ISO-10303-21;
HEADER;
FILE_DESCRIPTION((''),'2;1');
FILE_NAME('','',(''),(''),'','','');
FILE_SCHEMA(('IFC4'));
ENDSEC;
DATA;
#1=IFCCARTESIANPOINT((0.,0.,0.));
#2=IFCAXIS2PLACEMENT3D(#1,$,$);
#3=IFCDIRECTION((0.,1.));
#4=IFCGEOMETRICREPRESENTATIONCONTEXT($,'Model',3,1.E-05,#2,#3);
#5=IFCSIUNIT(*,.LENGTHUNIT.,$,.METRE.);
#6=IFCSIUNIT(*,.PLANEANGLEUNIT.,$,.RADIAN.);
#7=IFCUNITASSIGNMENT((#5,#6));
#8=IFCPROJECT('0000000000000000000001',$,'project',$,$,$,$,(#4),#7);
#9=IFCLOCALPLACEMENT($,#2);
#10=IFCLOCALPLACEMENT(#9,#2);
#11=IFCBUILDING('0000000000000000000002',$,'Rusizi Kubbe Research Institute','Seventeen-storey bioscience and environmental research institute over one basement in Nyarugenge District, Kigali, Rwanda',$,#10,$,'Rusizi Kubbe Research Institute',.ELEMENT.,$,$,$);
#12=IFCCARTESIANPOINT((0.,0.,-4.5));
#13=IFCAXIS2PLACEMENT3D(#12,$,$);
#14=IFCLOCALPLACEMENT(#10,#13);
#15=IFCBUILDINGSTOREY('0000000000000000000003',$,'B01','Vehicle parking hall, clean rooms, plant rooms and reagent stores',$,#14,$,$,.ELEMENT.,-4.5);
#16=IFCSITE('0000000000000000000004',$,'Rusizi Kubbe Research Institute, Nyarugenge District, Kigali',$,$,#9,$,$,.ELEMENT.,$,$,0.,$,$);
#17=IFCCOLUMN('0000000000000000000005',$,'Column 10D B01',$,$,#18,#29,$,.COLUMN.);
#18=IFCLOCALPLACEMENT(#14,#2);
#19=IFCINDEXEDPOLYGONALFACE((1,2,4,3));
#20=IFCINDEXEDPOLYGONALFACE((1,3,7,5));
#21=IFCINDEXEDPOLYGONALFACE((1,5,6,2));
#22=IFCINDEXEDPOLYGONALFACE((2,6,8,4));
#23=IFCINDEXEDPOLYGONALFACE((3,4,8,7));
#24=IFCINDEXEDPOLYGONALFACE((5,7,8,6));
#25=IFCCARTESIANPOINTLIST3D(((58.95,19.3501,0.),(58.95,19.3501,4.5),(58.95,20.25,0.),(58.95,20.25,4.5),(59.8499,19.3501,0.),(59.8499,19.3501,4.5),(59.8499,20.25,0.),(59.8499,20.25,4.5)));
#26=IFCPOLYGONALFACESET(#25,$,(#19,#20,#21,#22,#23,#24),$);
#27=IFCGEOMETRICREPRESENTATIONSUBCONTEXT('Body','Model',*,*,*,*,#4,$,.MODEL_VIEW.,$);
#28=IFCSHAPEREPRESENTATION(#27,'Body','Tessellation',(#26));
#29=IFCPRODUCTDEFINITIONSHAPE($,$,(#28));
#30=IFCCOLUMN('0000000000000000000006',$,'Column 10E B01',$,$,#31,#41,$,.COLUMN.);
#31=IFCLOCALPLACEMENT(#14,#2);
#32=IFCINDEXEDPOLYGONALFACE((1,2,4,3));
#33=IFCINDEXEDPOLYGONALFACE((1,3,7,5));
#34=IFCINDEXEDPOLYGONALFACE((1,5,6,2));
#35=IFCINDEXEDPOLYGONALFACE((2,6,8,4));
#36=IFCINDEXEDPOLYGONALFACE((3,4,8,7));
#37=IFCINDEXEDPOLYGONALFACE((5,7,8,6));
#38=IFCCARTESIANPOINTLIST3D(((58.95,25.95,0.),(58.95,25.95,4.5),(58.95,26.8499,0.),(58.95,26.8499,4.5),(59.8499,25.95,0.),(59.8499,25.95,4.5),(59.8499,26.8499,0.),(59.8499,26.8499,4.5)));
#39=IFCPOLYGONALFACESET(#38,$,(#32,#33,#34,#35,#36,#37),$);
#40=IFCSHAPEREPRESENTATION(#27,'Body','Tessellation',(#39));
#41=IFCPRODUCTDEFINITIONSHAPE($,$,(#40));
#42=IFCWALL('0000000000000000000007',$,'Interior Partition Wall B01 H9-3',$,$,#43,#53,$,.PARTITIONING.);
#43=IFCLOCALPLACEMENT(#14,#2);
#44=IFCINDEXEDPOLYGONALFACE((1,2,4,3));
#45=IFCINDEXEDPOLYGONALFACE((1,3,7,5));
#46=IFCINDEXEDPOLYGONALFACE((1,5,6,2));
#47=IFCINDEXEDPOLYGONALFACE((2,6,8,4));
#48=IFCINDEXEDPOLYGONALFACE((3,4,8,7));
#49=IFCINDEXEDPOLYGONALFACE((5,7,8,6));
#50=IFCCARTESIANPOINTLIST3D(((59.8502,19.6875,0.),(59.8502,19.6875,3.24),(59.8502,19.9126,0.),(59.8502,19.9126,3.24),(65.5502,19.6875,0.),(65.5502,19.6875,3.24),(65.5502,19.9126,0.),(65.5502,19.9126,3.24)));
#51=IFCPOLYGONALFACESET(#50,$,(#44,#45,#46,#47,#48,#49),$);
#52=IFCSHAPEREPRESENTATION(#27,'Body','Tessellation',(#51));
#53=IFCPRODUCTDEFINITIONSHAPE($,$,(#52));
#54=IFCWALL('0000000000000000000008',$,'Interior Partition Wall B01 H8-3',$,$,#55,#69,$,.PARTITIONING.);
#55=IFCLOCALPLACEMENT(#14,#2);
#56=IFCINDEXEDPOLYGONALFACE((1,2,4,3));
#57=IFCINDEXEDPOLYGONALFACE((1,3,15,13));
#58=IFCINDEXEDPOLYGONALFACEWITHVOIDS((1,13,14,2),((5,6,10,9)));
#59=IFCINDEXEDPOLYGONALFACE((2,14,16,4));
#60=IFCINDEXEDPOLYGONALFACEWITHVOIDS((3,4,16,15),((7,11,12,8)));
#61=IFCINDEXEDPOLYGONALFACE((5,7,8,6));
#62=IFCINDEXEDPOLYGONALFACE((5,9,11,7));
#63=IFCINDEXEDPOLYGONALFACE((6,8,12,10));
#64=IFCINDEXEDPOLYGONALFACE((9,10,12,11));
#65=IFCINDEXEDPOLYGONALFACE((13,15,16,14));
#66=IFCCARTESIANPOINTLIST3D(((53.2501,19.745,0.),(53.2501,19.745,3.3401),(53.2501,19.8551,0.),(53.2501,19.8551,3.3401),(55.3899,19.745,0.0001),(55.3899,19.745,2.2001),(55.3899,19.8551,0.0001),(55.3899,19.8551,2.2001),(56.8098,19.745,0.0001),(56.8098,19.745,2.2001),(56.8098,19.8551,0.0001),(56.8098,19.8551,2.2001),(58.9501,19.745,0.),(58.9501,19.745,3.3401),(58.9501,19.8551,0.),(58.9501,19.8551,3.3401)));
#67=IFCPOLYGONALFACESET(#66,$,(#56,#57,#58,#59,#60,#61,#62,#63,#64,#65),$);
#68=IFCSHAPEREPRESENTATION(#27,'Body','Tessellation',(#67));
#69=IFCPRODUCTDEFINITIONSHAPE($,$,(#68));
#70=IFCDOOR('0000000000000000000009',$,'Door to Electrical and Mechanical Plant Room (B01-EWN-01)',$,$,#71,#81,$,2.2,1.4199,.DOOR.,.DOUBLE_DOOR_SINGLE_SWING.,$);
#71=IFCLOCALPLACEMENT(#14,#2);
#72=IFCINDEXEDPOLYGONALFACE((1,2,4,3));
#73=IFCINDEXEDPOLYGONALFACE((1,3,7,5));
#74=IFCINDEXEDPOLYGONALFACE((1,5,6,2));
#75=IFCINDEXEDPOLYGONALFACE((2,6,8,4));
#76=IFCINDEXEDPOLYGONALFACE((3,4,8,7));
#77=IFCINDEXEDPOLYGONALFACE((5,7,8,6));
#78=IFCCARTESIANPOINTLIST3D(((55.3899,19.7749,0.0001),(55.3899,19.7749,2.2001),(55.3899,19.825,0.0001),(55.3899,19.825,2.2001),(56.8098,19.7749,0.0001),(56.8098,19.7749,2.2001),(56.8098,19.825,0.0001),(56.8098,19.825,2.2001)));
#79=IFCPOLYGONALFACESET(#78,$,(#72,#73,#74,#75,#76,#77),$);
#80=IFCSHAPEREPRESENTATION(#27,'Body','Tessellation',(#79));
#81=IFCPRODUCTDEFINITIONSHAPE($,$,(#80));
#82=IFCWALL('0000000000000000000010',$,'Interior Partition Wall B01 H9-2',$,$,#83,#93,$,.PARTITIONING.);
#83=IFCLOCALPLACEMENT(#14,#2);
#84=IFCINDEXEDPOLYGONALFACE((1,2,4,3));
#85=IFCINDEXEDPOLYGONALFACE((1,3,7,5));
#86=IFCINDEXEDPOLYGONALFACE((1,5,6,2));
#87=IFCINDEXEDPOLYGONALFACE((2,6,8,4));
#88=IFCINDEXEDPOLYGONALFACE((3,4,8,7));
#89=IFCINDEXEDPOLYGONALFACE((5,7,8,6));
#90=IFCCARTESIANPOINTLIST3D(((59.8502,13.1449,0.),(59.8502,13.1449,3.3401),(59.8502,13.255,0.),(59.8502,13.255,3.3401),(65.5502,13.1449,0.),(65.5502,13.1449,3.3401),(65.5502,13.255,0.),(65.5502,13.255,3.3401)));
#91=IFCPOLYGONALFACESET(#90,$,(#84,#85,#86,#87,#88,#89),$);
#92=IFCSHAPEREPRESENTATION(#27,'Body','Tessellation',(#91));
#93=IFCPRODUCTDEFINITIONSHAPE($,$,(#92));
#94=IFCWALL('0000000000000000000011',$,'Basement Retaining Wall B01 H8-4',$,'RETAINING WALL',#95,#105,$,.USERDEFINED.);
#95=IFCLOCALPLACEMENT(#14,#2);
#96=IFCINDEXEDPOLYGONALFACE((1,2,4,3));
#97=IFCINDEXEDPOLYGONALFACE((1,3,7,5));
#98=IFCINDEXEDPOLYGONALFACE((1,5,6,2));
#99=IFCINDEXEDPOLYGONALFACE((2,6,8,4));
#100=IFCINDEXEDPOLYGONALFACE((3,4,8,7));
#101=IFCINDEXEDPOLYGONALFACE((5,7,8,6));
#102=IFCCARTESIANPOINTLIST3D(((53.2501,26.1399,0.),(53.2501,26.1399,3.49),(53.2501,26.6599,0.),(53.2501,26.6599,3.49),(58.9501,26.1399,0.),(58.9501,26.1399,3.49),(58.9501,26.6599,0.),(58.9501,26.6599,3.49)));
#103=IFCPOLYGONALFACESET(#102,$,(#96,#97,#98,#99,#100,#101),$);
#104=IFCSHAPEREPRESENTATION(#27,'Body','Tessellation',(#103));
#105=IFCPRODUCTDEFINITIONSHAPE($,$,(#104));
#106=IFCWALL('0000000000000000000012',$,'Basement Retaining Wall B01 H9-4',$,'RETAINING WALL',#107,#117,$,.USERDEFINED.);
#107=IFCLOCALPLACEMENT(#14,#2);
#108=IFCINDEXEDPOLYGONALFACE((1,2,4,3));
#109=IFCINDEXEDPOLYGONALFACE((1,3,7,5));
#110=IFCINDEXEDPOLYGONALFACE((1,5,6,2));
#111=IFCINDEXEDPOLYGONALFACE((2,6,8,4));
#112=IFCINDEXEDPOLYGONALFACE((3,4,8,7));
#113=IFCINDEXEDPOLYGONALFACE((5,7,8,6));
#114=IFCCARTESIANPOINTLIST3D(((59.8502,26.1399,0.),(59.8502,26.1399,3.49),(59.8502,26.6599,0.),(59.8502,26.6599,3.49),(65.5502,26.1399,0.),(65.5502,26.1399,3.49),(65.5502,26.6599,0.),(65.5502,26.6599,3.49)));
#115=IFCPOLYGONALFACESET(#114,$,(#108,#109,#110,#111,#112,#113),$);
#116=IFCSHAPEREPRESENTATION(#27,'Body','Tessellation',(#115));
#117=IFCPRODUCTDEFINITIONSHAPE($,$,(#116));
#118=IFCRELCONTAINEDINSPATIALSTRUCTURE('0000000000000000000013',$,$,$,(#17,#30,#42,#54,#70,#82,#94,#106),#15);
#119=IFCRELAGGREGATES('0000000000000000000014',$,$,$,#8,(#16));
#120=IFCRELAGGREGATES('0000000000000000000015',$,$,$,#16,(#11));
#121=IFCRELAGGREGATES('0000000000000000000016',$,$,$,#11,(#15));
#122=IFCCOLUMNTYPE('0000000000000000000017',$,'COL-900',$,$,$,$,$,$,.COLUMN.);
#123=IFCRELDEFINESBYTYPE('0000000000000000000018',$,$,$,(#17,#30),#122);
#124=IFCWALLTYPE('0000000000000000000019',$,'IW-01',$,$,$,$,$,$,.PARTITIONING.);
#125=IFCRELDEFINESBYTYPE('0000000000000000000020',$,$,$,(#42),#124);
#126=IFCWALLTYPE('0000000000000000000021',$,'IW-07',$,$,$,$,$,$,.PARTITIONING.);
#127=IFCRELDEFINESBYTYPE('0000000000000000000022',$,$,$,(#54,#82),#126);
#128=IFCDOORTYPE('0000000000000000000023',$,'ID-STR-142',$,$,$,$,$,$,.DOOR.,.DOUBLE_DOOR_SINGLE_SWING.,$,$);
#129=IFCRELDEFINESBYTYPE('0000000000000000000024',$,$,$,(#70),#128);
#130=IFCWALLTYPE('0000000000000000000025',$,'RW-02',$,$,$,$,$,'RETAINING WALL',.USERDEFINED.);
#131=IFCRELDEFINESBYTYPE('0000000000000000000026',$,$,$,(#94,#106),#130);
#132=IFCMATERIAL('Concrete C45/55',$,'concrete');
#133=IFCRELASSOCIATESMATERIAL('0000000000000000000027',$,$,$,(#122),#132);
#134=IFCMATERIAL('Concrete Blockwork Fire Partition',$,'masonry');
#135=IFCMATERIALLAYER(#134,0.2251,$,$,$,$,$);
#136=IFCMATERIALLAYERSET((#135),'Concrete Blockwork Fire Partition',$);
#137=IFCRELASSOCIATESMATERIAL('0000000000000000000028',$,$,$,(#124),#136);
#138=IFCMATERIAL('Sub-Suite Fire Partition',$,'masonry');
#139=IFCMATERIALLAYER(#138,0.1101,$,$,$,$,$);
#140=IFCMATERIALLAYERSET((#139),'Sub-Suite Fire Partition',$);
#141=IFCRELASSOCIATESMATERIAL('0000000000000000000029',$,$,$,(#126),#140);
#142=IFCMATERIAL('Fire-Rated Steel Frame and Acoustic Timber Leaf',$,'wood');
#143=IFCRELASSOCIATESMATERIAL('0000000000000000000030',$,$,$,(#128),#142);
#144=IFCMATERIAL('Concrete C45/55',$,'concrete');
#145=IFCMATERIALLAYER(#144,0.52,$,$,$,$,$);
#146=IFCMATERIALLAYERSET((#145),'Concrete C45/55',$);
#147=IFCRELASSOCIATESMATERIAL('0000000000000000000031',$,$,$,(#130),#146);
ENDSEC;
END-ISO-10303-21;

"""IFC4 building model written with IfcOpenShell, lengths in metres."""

from ifc_helpers import new_model, si_unit, direction, frame, frame_2d, origin, origin_2d, place, context, subcontext, project, spatial, rectangle, extrude, material, layer, layer_set, material_profile, profile_set, type_object, element, fill, save


model = new_model("IFC4")

# Units and contexts
model_context = context("Model", 3, precision=1e-05, world=origin(), true_north=direction((0.0, 1.0)))
body_context = subcontext(model_context, "Body", "Model", "MODEL_VIEW")
ifc_project = project(units=[si_unit("LENGTHUNIT", "METRE"), si_unit("PLANEANGLEUNIT", "RADIAN")], contexts=[model_context])

# Site, building, storey
site_placement = place(None, origin())
site = spatial("IfcSite", under=ifc_project, at=site_placement, Name="Rusizi Kubbe Research Institute, Nyarugenge District, Kigali", CompositionType="ELEMENT", RefElevation=0.0)
building_placement = place(site_placement, origin())
building = spatial("IfcBuilding", under=site, at=building_placement, Name="Rusizi Kubbe Research Institute", Description="Seventeen-storey bioscience and environmental research institute over one basement in Nyarugenge District, Kigali, Rwanda", LongName="Rusizi Kubbe Research Institute", CompositionType="ELEMENT")
storey_placement = place(building_placement, frame((0.0, 0.0, -4.5)))
storey = spatial("IfcBuildingStorey", under=building, at=storey_placement, Name="B01", Description="Vehicle parking hall, clean rooms, plant rooms and reagent stores", CompositionType="ELEMENT", Elevation=-4.5)

# Columns
ifc_material_1 = material(Name="Concrete C45/55", Category="concrete")
ifc_material_profile_1 = material_profile(ifc_material_1, rectangle(XDim=0.8999, YDim=0.8999, at=origin_2d()), Name="RC900x900")
ifc_profile_set_1 = profile_set([ifc_material_profile_1], Name="Concrete C45/55")
column_type = type_object("IfcColumnType", Name="COL-900", PredefinedType="COLUMN", material=ifc_profile_set_1)
for number, where, z_axis, x_axis, name in (
    (1, (59.3999, 19.8, 0.0), (0.0, 0.0, 1.0), (1.0, 0.0, 0.0), "Column 10D B01"),
    (2, (59.3999, 26.3999, 0.0), (0.0, 0.0, 1.0), (1.0, 0.0, 0.0), "Column 10E B01"),
):
    element("IfcColumn", number, at=place(storey_placement, frame(where, z_axis=z_axis, x_axis=x_axis)), inside=storey, type_object=column_type, Name=name, PredefinedType="COLUMN", context=body_context, shape_type="SweptSolid", body=[
        extrude(rectangle(XDim=0.8999, YDim=0.8999, at=origin_2d()), origin(), (0.0, 0.0, 1.0), 4.5),
    ])

# Wall
ifc_material_2 = material(Name="Concrete Blockwork Fire Partition", Category="masonry")
ifc_layer_1 = layer(ifc_material_2, 0.2251)
ifc_layer_set_1 = layer_set([ifc_layer_1], Name="Concrete Blockwork Fire Partition")
wall_type_1 = type_object("IfcWallType", Name="IW-01", PredefinedType="PARTITIONING", material=ifc_layer_set_1)
wall_1_placement = place(storey_placement, frame((59.8501, 19.8, 0.0), z_axis=(0.0, 0.0, 1.0), x_axis=(1.0, 0.0, 0.0)))
element("IfcWall", 3, at=wall_1_placement, inside=storey, type_object=wall_type_1, Name="Interior Partition Wall B01 H9-3", PredefinedType="PARTITIONING", context=body_context, shape_type="SweptSolid", body=[
    extrude(rectangle(XDim=5.7, YDim=0.2251, at=frame_2d((2.8501, 0.0))), origin(), (0.0, 0.0, 1.0), 3.24),
])

# Wall, opening, door
ifc_material_3 = material(Name="Sub-Suite Fire Partition", Category="masonry")
ifc_layer_2 = layer(ifc_material_3, 0.1101)
ifc_layer_set_2 = layer_set([ifc_layer_2], Name="Sub-Suite Fire Partition")
wall_type_2 = type_object("IfcWallType", Name="IW-07", PredefinedType="PARTITIONING", material=ifc_layer_set_2)
wall_2_placement = place(storey_placement, frame((53.25, 19.8, 0.0), z_axis=(0.0, 0.0, 1.0), x_axis=(1.0, 0.0, 0.0)))
wall_2 = element("IfcWall", 4, at=wall_2_placement, inside=storey, type_object=wall_type_2, Name="Interior Partition Wall B01 H8-3", PredefinedType="PARTITIONING", context=body_context, shape_type="SweptSolid", body=[
    extrude(rectangle(XDim=5.7, YDim=0.1101, at=frame_2d((2.8501, 0.0))), origin(), (0.0, 0.0, 1.0), 3.3401),
])
opening_placement = place(wall_2_placement, frame((2.1399, 0.0, 0.0)))
opening = element("IfcOpeningElement", 5, at=opening_placement, cuts=wall_2, PredefinedType="OPENING", context=body_context, shape_type="SweptSolid", body=[
    extrude(rectangle(XDim=1.4199, YDim=2.2, at=frame_2d((0.71, 1.1001))), frame((0.0, 0.0649, 0.0), z_axis=(0.0, -1.0, 0.0), x_axis=(1.0, 0.0, 0.0)), (0.0, 0.0, 1.0), 0.1301),
])
ifc_material_4 = material(Name="Fire-Rated Steel Frame and Acoustic Timber Leaf", Category="wood")
door_type = type_object("IfcDoorType", Name="ID-STR-142", OperationType="DOUBLE_DOOR_SINGLE_SWING", PredefinedType="DOOR", material=ifc_material_4)
door_placement = place(opening_placement, origin())
door = element("IfcDoor", 6, at=door_placement, inside=storey, type_object=door_type, Name="Door to Electrical and Mechanical Plant Room (B01-EWN-01)", OperationType="DOUBLE_DOOR_SINGLE_SWING", OverallHeight=2.2, OverallWidth=1.4199, PredefinedType="DOOR", context=body_context, shape_type="SweptSolid", body=[
    extrude(rectangle(XDim=1.4199, YDim=2.2, at=frame_2d((0.71, 1.1001))), frame((0.0, 0.0249, 0.0), z_axis=(0.0, -1.0, 0.0), x_axis=(1.0, 0.0, 0.0)), (0.0, 0.0, 1.0), 0.05),
])
fill(opening, door)

# Walls
wall_3_placement = place(storey_placement, frame((59.8501, 13.2, 0.0), z_axis=(0.0, 0.0, 1.0), x_axis=(1.0, 0.0, 0.0)))
element("IfcWall", 7, at=wall_3_placement, inside=storey, type_object=wall_type_2, Name="Interior Partition Wall B01 H9-2", PredefinedType="PARTITIONING", context=body_context, shape_type="SweptSolid", body=[
    extrude(rectangle(XDim=5.7, YDim=0.1101, at=frame_2d((2.8501, 0.0))), origin(), (0.0, 0.0, 1.0), 3.3401),
])
ifc_material_5 = material(Name="Concrete C45/55", Category="concrete")
ifc_layer_3 = layer(ifc_material_5, 0.52)
ifc_layer_set_3 = layer_set([ifc_layer_3], Name="Concrete C45/55")
wall_type_3 = type_object("IfcWallType", Name="RW-02", ElementType="RETAINING WALL", PredefinedType="USERDEFINED", material=ifc_layer_set_3)
for number, where, z_axis, x_axis, name in (
    (8, (53.25, 26.3999, 0.0), (0.0, 0.0, 1.0), (1.0, 0.0, 0.0), "Basement Retaining Wall B01 H8-4"),
    (9, (59.8501, 26.3999, 0.0), (0.0, 0.0, 1.0), (1.0, 0.0, 0.0), "Basement Retaining Wall B01 H9-4"),
):
    element("IfcWall", number, at=place(storey_placement, frame(where, z_axis=z_axis, x_axis=x_axis)), inside=storey, type_object=wall_type_3, Name=name, ObjectType="RETAINING WALL", PredefinedType="USERDEFINED", context=body_context, shape_type="SweptSolid", body=[
        extrude(rectangle(XDim=5.7, YDim=0.52, at=frame_2d((2.8501, 0.0))), origin(), (0.0, 0.0, 1.0), 3.49),
    ])

save(model, "model.ifc")
